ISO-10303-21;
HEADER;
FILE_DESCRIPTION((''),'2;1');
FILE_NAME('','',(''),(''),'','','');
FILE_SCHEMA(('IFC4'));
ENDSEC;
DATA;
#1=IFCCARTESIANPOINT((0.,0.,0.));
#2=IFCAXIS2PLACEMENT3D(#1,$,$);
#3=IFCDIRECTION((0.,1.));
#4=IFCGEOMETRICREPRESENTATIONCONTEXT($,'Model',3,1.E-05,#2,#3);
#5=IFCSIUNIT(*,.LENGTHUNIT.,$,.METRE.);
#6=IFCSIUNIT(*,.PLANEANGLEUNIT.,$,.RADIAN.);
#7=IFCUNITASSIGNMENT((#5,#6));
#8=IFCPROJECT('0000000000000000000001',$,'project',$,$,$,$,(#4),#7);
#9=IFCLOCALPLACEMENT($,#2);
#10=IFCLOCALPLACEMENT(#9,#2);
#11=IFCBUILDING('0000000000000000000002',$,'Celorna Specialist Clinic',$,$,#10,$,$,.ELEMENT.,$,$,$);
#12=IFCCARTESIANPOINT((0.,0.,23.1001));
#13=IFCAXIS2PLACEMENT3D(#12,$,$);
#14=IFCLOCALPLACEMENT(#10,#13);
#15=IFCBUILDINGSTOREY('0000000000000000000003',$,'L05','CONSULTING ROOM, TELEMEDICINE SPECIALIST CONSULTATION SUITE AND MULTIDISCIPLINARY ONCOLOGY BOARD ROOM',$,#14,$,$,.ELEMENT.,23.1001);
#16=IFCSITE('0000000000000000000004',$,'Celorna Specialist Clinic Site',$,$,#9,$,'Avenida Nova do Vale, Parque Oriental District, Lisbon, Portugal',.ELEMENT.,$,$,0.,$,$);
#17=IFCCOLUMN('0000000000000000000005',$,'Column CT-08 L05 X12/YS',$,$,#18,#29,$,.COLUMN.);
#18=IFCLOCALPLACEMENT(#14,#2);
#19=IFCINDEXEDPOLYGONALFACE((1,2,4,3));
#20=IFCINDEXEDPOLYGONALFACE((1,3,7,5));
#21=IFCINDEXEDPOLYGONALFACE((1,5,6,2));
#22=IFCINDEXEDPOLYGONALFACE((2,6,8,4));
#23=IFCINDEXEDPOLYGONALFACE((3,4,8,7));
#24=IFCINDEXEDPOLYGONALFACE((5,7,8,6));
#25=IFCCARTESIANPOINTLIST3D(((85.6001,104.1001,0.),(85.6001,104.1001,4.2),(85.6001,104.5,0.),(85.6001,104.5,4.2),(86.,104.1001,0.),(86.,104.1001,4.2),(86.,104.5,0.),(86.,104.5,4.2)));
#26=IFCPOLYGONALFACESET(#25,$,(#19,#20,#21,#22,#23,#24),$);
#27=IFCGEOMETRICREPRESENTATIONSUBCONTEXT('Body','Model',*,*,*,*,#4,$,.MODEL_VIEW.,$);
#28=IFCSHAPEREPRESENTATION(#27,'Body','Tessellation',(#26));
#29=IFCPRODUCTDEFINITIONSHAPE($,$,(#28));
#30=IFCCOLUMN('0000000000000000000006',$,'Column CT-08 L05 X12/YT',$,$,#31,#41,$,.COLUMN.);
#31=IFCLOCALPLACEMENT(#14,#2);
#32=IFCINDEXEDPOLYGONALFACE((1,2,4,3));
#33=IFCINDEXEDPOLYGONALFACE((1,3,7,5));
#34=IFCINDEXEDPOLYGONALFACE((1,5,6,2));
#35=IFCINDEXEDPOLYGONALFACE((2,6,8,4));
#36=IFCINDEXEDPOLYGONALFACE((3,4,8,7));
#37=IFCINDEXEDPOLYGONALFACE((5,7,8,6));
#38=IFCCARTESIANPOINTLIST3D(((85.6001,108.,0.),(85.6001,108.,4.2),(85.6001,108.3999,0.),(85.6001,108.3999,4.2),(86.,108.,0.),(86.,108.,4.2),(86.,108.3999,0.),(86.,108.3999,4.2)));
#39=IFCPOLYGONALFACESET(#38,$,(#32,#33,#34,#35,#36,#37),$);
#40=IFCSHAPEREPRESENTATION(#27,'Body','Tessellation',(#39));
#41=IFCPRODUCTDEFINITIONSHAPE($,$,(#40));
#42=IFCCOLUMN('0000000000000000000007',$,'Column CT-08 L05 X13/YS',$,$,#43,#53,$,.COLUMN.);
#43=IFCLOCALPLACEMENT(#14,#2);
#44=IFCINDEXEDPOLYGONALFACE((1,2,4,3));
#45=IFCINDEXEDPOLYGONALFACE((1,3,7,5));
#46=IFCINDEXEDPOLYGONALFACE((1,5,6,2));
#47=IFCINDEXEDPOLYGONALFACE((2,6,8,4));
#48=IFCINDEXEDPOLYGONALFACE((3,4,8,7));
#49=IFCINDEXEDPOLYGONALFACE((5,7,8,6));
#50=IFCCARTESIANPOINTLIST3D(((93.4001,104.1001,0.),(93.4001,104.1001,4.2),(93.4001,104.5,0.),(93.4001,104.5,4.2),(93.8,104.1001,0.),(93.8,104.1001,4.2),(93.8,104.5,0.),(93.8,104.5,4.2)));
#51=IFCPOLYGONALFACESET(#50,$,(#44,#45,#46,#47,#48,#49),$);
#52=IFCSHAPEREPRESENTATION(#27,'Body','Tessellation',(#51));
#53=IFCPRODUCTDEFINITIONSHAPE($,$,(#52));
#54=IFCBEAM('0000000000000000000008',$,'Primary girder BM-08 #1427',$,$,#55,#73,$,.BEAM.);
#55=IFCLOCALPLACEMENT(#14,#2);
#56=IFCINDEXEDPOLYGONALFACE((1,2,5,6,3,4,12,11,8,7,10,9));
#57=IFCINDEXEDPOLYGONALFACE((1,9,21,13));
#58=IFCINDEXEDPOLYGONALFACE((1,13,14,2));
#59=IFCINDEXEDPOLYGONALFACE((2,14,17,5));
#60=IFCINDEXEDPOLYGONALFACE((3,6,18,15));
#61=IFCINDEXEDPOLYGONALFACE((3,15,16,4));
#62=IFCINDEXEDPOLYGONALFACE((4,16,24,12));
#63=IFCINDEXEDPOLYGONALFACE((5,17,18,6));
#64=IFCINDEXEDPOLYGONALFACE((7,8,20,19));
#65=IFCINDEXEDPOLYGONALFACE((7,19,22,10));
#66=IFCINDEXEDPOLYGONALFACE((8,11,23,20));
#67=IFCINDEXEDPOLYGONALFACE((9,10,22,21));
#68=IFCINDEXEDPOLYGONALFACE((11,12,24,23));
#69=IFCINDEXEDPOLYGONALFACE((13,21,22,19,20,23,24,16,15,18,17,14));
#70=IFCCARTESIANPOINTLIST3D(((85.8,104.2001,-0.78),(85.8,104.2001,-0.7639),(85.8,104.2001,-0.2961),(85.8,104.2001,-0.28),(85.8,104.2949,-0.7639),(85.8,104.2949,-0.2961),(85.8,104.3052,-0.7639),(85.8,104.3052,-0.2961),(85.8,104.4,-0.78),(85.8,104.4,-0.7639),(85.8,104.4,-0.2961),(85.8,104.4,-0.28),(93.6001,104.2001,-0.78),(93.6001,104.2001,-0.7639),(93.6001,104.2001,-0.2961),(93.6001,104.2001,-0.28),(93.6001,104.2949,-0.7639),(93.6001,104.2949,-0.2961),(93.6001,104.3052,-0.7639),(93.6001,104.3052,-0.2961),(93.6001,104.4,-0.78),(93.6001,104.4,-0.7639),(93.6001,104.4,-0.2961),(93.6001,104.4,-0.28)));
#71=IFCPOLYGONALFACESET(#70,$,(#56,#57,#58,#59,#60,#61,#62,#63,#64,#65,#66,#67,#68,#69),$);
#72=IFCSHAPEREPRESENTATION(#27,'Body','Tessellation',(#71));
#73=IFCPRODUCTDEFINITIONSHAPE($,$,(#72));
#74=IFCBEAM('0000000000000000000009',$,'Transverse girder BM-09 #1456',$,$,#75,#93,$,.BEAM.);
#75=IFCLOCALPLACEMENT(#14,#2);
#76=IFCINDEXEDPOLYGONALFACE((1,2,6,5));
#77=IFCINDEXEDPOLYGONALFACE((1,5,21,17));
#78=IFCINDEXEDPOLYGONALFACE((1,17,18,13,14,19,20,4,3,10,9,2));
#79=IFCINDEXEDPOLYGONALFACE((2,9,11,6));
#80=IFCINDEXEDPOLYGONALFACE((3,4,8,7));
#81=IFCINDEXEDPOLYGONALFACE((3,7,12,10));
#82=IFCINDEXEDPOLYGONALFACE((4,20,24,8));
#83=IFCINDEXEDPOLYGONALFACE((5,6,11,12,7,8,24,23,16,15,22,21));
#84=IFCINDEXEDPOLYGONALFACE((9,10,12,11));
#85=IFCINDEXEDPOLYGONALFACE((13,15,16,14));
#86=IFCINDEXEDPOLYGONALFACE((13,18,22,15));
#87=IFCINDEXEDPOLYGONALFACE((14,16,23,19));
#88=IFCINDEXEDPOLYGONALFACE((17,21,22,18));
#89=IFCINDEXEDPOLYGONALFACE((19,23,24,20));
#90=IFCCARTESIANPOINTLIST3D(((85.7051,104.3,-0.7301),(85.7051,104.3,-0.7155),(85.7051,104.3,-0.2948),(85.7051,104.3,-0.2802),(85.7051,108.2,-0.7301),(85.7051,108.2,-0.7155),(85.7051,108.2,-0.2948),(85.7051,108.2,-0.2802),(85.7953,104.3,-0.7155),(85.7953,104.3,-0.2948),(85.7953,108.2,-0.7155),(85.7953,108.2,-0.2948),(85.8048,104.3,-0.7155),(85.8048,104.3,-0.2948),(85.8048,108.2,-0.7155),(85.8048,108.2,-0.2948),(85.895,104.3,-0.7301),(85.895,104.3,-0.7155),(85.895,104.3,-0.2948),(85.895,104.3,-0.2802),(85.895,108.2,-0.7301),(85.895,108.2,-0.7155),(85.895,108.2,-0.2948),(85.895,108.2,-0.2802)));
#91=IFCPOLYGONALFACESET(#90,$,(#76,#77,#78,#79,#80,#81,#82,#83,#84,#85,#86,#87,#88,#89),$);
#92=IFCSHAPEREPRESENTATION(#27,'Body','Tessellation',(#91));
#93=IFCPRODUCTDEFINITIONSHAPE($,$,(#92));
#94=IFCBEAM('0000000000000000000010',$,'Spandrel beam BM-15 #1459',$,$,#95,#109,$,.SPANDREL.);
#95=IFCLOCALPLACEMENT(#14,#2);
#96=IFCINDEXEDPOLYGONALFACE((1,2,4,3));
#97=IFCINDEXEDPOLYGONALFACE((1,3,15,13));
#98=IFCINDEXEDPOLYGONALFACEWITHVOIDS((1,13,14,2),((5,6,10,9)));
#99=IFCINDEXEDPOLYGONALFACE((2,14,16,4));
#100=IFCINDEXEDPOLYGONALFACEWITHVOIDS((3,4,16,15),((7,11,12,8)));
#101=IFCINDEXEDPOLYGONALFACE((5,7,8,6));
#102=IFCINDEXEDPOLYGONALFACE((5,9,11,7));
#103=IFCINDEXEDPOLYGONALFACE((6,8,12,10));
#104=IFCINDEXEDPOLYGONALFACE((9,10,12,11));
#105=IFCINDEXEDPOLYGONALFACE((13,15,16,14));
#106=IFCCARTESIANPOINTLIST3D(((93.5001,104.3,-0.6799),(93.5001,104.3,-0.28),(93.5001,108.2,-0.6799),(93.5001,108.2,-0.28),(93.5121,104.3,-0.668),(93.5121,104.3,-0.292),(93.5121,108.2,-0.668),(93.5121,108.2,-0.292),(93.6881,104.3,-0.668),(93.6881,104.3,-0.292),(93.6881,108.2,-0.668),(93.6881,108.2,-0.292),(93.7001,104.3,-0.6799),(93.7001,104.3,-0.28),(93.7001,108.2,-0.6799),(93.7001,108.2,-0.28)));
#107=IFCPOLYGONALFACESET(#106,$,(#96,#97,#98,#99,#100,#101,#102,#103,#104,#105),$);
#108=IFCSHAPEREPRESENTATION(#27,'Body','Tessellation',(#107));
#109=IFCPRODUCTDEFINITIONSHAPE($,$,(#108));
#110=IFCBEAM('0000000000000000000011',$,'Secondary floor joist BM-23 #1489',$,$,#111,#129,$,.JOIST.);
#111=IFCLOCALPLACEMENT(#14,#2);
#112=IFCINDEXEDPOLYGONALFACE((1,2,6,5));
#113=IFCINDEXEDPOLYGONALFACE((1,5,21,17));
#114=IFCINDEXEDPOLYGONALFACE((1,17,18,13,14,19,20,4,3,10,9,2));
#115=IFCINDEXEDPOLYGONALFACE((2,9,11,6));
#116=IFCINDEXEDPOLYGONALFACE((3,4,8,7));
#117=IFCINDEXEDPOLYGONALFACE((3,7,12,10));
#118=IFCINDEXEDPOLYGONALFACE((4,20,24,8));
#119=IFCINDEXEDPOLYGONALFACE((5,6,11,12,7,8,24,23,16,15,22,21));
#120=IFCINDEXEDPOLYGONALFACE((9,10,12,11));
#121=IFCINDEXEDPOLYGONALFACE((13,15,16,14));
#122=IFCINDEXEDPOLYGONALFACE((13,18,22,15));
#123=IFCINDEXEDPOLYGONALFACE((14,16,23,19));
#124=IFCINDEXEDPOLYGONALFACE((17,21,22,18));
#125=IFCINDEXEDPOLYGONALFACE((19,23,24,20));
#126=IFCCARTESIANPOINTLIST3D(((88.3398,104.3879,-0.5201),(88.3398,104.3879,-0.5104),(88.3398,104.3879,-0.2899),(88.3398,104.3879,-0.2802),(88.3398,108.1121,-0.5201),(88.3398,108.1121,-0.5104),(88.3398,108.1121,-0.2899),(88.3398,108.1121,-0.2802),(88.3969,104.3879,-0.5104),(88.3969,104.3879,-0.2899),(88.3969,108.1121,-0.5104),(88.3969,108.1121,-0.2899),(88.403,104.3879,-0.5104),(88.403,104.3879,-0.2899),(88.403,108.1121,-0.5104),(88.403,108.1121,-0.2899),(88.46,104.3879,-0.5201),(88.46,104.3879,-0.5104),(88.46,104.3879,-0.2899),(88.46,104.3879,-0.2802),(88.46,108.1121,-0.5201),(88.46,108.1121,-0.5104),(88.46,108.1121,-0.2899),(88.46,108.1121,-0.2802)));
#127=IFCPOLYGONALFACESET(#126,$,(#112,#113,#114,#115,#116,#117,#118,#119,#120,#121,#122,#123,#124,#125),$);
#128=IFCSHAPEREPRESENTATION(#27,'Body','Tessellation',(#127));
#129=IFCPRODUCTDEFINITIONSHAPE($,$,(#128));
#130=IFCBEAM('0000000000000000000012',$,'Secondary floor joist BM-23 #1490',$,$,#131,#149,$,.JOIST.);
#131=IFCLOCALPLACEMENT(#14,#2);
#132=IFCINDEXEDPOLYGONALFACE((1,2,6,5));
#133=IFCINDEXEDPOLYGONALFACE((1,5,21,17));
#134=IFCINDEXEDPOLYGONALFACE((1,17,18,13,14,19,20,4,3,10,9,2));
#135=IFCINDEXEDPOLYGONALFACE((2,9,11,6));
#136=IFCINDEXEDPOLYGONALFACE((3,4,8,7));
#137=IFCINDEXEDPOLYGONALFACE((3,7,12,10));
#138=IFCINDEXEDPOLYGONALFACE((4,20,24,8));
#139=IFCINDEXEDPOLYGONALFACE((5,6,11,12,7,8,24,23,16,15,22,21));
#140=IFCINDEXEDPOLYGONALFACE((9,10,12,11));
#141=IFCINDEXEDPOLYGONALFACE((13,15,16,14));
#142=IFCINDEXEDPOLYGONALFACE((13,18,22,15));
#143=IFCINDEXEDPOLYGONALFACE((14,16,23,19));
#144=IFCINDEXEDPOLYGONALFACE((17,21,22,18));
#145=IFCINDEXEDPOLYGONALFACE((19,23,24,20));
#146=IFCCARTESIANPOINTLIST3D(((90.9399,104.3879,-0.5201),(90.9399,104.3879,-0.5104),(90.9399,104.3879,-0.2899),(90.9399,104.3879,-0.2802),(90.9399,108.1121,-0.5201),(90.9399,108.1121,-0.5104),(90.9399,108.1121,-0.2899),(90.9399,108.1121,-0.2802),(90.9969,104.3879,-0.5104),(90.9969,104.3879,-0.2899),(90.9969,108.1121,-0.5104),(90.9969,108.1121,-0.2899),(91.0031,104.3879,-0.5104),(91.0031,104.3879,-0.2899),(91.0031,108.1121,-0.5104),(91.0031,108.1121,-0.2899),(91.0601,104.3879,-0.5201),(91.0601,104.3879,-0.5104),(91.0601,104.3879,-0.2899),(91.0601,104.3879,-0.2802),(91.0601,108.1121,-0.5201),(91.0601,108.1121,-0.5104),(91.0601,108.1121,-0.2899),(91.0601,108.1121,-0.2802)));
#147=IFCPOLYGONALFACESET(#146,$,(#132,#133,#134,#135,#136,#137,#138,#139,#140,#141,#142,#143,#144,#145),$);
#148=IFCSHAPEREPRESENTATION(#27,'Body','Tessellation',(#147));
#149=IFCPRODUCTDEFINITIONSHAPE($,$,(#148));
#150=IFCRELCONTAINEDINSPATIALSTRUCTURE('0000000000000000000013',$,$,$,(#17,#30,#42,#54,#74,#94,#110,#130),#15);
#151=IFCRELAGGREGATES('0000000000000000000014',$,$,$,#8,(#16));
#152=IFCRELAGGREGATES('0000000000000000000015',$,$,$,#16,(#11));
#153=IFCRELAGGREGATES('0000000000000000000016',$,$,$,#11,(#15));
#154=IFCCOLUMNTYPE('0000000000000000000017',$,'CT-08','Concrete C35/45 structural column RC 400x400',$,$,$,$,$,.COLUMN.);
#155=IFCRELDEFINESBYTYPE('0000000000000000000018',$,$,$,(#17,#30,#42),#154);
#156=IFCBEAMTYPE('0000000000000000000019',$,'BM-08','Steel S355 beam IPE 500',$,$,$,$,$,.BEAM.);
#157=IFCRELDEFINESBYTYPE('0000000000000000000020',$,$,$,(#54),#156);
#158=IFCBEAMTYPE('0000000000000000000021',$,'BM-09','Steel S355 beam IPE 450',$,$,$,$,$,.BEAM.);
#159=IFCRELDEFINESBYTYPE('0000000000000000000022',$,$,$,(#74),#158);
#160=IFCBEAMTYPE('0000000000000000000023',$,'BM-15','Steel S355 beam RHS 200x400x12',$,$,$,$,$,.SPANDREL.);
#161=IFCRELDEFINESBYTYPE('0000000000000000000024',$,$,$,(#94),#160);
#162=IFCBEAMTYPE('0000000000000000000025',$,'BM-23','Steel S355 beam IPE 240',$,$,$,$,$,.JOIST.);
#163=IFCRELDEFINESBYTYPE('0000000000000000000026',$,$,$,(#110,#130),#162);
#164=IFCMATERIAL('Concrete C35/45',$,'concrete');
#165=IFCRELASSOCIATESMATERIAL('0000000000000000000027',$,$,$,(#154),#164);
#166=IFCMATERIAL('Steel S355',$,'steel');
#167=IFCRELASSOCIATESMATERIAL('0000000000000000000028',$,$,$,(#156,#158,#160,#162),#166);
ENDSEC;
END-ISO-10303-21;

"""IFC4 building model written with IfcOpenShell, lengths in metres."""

from ifc_helpers import new_model, si_unit, direction, frame, origin, origin_2d, place, context, subcontext, project, spatial, rectangle, hollow_rectangle, i_section, extrude, material, material_profile, profile_set, type_object, element, save


model = new_model("IFC4")

# Units and contexts
model_context = context("Model", 3, precision=1e-05, world=origin(), true_north=direction((0.0, 1.0)))
body_context = subcontext(model_context, "Body", "Model", "MODEL_VIEW")
ifc_project = project(units=[si_unit("LENGTHUNIT", "METRE"), si_unit("PLANEANGLEUNIT", "RADIAN")], contexts=[model_context])

# Site, building, storey
site_placement = place(None, origin())
site = spatial("IfcSite", under=ifc_project, at=site_placement, Name="Celorna Specialist Clinic Site", LongName="Avenida Nova do Vale, Parque Oriental District, Lisbon, Portugal", CompositionType="ELEMENT", RefElevation=0.0)
building_placement = place(site_placement, origin())
building = spatial("IfcBuilding", under=site, at=building_placement, Name="Celorna Specialist Clinic", CompositionType="ELEMENT")
storey_placement = place(building_placement, frame((0.0, 0.0, 23.1001)))
storey = spatial("IfcBuildingStorey", under=building, at=storey_placement, Name="L05", Description="CONSULTING ROOM, TELEMEDICINE SPECIALIST CONSULTATION SUITE AND MULTIDISCIPLINARY ONCOLOGY BOARD ROOM", CompositionType="ELEMENT", Elevation=23.1001)

# Columns
ifc_material_1 = material(Name="Concrete C35/45", Category="concrete")
ifc_material_profile_1 = material_profile(ifc_material_1, rectangle(XDim=0.3999, YDim=0.3999, at=origin_2d()), Name="RC 400x400")
ifc_profile_set_1 = profile_set([ifc_material_profile_1], Name="Concrete C35/45")
column_type = type_object("IfcColumnType", Name="CT-08", Description="Concrete C35/45 structural column RC 400x400", PredefinedType="COLUMN", material=ifc_profile_set_1)
for number, where, z_axis, x_axis, name in (
    (1, (85.8, 104.3, 0.0), (0.0, 0.0, 1.0), (1.0, 0.0, 0.0), "Column CT-08 L05 X12/YS"),
    (2, (85.8, 108.2, 0.0), (0.0, 0.0, 1.0), (1.0, 0.0, 0.0), "Column CT-08 L05 X12/YT"),
    (3, (93.6001, 104.3, 0.0), (0.0, 0.0, 1.0), (1.0, 0.0, 0.0), "Column CT-08 L05 X13/YS"),
):
    element("IfcColumn", number, at=place(storey_placement, frame(where, z_axis=z_axis, x_axis=x_axis)), inside=storey, type_object=column_type, Name=name, PredefinedType="COLUMN", context=body_context, shape_type="SweptSolid", body=[
        extrude(rectangle(XDim=0.3999, YDim=0.3999, at=origin_2d()), origin(), (0.0, 0.0, 1.0), 4.2),
    ])

# Beams
ifc_material_2 = material(Name="Steel S355", Category="steel")
ifc_material_profile_2 = material_profile(ifc_material_2, i_section(OverallWidth=0.2, OverallDepth=0.5, WebThickness=0.0103, FlangeThickness=0.0161, at=origin_2d()), Name="IPE 500")
ifc_profile_set_2 = profile_set([ifc_material_profile_2], Name="Steel S355")
beam_type_1 = type_object("IfcBeamType", Name="BM-08", Description="Steel S355 beam IPE 500", PredefinedType="BEAM", material=ifc_profile_set_2)
beam_1_placement = place(storey_placement, frame((85.8, 104.3, -0.53), z_axis=(1.0, 0.0, 0.0), x_axis=(0.0, 1.0, 0.0)))
element("IfcBeam", 4, at=beam_1_placement, inside=storey, type_object=beam_type_1, Name="Primary girder BM-08 #1427", PredefinedType="BEAM", context=body_context, shape_type="SweptSolid", body=[
    extrude(i_section(OverallWidth=0.2, OverallDepth=0.5, WebThickness=0.0103, FlangeThickness=0.0161, at=origin_2d()), origin(), (0.0, 0.0, 1.0), 7.8),
])
ifc_material_profile_3 = material_profile(ifc_material_2, i_section(OverallWidth=0.1899, OverallDepth=0.45, WebThickness=0.0095, FlangeThickness=0.0146, at=origin_2d()), Name="IPE 450")
ifc_profile_set_3 = profile_set([ifc_material_profile_3], Name="Steel S355")
beam_type_2 = type_object("IfcBeamType", Name="BM-09", Description="Steel S355 beam IPE 450", PredefinedType="BEAM", material=ifc_profile_set_3)
beam_2_placement = place(storey_placement, frame((85.8, 104.3, -0.5051), z_axis=(0.0, 1.0, 0.0), x_axis=(-1.0, 0.0, 0.0)))
element("IfcBeam", 5, at=beam_2_placement, inside=storey, type_object=beam_type_2, Name="Transverse girder BM-09 #1456", PredefinedType="BEAM", context=body_context, shape_type="SweptSolid", body=[
    extrude(i_section(OverallWidth=0.1899, OverallDepth=0.45, WebThickness=0.0095, FlangeThickness=0.0146, at=origin_2d()), origin(), (0.0, 0.0, 1.0), 3.8999),
])
ifc_material_profile_4 = material_profile(ifc_material_2, hollow_rectangle(XDim=0.2, YDim=0.3999, WallThickness=0.012, at=origin_2d()), Name="RHS 200x400x12")
ifc_profile_set_4 = profile_set([ifc_material_profile_4], Name="Steel S355")
beam_type_3 = type_object("IfcBeamType", Name="BM-15", Description="Steel S355 beam RHS 200x400x12", PredefinedType="SPANDREL", material=ifc_profile_set_4)
beam_3_placement = place(storey_placement, frame((93.6001, 104.3, -0.48), z_axis=(0.0, 1.0, 0.0), x_axis=(-1.0, 0.0, 0.0)))
element("IfcBeam", 6, at=beam_3_placement, inside=storey, type_object=beam_type_3, Name="Spandrel beam BM-15 #1459", PredefinedType="SPANDREL", context=body_context, shape_type="SweptSolid", body=[
    extrude(hollow_rectangle(XDim=0.2, YDim=0.3999, WallThickness=0.012, at=origin_2d()), origin(), (0.0, 0.0, 1.0), 3.8999),
])
ifc_material_profile_5 = material_profile(ifc_material_2, i_section(OverallWidth=0.1201, OverallDepth=0.24, WebThickness=0.0061, FlangeThickness=0.0098, at=origin_2d()), Name="IPE 240")
ifc_profile_set_5 = profile_set([ifc_material_profile_5], Name="Steel S355")
beam_type_4 = type_object("IfcBeamType", Name="BM-23", Description="Steel S355 beam IPE 240", PredefinedType="JOIST", material=ifc_profile_set_5)
for number, where, z_axis, x_axis, name in (
    (7, (88.3999, 104.3879, -0.4001), (0.0, 1.0, 0.0), (-1.0, 0.0, 0.0), "Secondary floor joist BM-23 #1489"),
    (8, (91.0, 104.3879, -0.4001), (0.0, 1.0, 0.0), (-1.0, 0.0, 0.0), "Secondary floor joist BM-23 #1490"),
):
    element("IfcBeam", number, at=place(storey_placement, frame(where, z_axis=z_axis, x_axis=x_axis)), inside=storey, type_object=beam_type_4, Name=name, PredefinedType="JOIST", context=body_context, shape_type="SweptSolid", body=[
        extrude(i_section(OverallWidth=0.1201, OverallDepth=0.24, WebThickness=0.0061, FlangeThickness=0.0098, at=origin_2d()), origin(), (0.0, 0.0, 1.0), 3.7241),
    ])

save(model, "model.ifc")
